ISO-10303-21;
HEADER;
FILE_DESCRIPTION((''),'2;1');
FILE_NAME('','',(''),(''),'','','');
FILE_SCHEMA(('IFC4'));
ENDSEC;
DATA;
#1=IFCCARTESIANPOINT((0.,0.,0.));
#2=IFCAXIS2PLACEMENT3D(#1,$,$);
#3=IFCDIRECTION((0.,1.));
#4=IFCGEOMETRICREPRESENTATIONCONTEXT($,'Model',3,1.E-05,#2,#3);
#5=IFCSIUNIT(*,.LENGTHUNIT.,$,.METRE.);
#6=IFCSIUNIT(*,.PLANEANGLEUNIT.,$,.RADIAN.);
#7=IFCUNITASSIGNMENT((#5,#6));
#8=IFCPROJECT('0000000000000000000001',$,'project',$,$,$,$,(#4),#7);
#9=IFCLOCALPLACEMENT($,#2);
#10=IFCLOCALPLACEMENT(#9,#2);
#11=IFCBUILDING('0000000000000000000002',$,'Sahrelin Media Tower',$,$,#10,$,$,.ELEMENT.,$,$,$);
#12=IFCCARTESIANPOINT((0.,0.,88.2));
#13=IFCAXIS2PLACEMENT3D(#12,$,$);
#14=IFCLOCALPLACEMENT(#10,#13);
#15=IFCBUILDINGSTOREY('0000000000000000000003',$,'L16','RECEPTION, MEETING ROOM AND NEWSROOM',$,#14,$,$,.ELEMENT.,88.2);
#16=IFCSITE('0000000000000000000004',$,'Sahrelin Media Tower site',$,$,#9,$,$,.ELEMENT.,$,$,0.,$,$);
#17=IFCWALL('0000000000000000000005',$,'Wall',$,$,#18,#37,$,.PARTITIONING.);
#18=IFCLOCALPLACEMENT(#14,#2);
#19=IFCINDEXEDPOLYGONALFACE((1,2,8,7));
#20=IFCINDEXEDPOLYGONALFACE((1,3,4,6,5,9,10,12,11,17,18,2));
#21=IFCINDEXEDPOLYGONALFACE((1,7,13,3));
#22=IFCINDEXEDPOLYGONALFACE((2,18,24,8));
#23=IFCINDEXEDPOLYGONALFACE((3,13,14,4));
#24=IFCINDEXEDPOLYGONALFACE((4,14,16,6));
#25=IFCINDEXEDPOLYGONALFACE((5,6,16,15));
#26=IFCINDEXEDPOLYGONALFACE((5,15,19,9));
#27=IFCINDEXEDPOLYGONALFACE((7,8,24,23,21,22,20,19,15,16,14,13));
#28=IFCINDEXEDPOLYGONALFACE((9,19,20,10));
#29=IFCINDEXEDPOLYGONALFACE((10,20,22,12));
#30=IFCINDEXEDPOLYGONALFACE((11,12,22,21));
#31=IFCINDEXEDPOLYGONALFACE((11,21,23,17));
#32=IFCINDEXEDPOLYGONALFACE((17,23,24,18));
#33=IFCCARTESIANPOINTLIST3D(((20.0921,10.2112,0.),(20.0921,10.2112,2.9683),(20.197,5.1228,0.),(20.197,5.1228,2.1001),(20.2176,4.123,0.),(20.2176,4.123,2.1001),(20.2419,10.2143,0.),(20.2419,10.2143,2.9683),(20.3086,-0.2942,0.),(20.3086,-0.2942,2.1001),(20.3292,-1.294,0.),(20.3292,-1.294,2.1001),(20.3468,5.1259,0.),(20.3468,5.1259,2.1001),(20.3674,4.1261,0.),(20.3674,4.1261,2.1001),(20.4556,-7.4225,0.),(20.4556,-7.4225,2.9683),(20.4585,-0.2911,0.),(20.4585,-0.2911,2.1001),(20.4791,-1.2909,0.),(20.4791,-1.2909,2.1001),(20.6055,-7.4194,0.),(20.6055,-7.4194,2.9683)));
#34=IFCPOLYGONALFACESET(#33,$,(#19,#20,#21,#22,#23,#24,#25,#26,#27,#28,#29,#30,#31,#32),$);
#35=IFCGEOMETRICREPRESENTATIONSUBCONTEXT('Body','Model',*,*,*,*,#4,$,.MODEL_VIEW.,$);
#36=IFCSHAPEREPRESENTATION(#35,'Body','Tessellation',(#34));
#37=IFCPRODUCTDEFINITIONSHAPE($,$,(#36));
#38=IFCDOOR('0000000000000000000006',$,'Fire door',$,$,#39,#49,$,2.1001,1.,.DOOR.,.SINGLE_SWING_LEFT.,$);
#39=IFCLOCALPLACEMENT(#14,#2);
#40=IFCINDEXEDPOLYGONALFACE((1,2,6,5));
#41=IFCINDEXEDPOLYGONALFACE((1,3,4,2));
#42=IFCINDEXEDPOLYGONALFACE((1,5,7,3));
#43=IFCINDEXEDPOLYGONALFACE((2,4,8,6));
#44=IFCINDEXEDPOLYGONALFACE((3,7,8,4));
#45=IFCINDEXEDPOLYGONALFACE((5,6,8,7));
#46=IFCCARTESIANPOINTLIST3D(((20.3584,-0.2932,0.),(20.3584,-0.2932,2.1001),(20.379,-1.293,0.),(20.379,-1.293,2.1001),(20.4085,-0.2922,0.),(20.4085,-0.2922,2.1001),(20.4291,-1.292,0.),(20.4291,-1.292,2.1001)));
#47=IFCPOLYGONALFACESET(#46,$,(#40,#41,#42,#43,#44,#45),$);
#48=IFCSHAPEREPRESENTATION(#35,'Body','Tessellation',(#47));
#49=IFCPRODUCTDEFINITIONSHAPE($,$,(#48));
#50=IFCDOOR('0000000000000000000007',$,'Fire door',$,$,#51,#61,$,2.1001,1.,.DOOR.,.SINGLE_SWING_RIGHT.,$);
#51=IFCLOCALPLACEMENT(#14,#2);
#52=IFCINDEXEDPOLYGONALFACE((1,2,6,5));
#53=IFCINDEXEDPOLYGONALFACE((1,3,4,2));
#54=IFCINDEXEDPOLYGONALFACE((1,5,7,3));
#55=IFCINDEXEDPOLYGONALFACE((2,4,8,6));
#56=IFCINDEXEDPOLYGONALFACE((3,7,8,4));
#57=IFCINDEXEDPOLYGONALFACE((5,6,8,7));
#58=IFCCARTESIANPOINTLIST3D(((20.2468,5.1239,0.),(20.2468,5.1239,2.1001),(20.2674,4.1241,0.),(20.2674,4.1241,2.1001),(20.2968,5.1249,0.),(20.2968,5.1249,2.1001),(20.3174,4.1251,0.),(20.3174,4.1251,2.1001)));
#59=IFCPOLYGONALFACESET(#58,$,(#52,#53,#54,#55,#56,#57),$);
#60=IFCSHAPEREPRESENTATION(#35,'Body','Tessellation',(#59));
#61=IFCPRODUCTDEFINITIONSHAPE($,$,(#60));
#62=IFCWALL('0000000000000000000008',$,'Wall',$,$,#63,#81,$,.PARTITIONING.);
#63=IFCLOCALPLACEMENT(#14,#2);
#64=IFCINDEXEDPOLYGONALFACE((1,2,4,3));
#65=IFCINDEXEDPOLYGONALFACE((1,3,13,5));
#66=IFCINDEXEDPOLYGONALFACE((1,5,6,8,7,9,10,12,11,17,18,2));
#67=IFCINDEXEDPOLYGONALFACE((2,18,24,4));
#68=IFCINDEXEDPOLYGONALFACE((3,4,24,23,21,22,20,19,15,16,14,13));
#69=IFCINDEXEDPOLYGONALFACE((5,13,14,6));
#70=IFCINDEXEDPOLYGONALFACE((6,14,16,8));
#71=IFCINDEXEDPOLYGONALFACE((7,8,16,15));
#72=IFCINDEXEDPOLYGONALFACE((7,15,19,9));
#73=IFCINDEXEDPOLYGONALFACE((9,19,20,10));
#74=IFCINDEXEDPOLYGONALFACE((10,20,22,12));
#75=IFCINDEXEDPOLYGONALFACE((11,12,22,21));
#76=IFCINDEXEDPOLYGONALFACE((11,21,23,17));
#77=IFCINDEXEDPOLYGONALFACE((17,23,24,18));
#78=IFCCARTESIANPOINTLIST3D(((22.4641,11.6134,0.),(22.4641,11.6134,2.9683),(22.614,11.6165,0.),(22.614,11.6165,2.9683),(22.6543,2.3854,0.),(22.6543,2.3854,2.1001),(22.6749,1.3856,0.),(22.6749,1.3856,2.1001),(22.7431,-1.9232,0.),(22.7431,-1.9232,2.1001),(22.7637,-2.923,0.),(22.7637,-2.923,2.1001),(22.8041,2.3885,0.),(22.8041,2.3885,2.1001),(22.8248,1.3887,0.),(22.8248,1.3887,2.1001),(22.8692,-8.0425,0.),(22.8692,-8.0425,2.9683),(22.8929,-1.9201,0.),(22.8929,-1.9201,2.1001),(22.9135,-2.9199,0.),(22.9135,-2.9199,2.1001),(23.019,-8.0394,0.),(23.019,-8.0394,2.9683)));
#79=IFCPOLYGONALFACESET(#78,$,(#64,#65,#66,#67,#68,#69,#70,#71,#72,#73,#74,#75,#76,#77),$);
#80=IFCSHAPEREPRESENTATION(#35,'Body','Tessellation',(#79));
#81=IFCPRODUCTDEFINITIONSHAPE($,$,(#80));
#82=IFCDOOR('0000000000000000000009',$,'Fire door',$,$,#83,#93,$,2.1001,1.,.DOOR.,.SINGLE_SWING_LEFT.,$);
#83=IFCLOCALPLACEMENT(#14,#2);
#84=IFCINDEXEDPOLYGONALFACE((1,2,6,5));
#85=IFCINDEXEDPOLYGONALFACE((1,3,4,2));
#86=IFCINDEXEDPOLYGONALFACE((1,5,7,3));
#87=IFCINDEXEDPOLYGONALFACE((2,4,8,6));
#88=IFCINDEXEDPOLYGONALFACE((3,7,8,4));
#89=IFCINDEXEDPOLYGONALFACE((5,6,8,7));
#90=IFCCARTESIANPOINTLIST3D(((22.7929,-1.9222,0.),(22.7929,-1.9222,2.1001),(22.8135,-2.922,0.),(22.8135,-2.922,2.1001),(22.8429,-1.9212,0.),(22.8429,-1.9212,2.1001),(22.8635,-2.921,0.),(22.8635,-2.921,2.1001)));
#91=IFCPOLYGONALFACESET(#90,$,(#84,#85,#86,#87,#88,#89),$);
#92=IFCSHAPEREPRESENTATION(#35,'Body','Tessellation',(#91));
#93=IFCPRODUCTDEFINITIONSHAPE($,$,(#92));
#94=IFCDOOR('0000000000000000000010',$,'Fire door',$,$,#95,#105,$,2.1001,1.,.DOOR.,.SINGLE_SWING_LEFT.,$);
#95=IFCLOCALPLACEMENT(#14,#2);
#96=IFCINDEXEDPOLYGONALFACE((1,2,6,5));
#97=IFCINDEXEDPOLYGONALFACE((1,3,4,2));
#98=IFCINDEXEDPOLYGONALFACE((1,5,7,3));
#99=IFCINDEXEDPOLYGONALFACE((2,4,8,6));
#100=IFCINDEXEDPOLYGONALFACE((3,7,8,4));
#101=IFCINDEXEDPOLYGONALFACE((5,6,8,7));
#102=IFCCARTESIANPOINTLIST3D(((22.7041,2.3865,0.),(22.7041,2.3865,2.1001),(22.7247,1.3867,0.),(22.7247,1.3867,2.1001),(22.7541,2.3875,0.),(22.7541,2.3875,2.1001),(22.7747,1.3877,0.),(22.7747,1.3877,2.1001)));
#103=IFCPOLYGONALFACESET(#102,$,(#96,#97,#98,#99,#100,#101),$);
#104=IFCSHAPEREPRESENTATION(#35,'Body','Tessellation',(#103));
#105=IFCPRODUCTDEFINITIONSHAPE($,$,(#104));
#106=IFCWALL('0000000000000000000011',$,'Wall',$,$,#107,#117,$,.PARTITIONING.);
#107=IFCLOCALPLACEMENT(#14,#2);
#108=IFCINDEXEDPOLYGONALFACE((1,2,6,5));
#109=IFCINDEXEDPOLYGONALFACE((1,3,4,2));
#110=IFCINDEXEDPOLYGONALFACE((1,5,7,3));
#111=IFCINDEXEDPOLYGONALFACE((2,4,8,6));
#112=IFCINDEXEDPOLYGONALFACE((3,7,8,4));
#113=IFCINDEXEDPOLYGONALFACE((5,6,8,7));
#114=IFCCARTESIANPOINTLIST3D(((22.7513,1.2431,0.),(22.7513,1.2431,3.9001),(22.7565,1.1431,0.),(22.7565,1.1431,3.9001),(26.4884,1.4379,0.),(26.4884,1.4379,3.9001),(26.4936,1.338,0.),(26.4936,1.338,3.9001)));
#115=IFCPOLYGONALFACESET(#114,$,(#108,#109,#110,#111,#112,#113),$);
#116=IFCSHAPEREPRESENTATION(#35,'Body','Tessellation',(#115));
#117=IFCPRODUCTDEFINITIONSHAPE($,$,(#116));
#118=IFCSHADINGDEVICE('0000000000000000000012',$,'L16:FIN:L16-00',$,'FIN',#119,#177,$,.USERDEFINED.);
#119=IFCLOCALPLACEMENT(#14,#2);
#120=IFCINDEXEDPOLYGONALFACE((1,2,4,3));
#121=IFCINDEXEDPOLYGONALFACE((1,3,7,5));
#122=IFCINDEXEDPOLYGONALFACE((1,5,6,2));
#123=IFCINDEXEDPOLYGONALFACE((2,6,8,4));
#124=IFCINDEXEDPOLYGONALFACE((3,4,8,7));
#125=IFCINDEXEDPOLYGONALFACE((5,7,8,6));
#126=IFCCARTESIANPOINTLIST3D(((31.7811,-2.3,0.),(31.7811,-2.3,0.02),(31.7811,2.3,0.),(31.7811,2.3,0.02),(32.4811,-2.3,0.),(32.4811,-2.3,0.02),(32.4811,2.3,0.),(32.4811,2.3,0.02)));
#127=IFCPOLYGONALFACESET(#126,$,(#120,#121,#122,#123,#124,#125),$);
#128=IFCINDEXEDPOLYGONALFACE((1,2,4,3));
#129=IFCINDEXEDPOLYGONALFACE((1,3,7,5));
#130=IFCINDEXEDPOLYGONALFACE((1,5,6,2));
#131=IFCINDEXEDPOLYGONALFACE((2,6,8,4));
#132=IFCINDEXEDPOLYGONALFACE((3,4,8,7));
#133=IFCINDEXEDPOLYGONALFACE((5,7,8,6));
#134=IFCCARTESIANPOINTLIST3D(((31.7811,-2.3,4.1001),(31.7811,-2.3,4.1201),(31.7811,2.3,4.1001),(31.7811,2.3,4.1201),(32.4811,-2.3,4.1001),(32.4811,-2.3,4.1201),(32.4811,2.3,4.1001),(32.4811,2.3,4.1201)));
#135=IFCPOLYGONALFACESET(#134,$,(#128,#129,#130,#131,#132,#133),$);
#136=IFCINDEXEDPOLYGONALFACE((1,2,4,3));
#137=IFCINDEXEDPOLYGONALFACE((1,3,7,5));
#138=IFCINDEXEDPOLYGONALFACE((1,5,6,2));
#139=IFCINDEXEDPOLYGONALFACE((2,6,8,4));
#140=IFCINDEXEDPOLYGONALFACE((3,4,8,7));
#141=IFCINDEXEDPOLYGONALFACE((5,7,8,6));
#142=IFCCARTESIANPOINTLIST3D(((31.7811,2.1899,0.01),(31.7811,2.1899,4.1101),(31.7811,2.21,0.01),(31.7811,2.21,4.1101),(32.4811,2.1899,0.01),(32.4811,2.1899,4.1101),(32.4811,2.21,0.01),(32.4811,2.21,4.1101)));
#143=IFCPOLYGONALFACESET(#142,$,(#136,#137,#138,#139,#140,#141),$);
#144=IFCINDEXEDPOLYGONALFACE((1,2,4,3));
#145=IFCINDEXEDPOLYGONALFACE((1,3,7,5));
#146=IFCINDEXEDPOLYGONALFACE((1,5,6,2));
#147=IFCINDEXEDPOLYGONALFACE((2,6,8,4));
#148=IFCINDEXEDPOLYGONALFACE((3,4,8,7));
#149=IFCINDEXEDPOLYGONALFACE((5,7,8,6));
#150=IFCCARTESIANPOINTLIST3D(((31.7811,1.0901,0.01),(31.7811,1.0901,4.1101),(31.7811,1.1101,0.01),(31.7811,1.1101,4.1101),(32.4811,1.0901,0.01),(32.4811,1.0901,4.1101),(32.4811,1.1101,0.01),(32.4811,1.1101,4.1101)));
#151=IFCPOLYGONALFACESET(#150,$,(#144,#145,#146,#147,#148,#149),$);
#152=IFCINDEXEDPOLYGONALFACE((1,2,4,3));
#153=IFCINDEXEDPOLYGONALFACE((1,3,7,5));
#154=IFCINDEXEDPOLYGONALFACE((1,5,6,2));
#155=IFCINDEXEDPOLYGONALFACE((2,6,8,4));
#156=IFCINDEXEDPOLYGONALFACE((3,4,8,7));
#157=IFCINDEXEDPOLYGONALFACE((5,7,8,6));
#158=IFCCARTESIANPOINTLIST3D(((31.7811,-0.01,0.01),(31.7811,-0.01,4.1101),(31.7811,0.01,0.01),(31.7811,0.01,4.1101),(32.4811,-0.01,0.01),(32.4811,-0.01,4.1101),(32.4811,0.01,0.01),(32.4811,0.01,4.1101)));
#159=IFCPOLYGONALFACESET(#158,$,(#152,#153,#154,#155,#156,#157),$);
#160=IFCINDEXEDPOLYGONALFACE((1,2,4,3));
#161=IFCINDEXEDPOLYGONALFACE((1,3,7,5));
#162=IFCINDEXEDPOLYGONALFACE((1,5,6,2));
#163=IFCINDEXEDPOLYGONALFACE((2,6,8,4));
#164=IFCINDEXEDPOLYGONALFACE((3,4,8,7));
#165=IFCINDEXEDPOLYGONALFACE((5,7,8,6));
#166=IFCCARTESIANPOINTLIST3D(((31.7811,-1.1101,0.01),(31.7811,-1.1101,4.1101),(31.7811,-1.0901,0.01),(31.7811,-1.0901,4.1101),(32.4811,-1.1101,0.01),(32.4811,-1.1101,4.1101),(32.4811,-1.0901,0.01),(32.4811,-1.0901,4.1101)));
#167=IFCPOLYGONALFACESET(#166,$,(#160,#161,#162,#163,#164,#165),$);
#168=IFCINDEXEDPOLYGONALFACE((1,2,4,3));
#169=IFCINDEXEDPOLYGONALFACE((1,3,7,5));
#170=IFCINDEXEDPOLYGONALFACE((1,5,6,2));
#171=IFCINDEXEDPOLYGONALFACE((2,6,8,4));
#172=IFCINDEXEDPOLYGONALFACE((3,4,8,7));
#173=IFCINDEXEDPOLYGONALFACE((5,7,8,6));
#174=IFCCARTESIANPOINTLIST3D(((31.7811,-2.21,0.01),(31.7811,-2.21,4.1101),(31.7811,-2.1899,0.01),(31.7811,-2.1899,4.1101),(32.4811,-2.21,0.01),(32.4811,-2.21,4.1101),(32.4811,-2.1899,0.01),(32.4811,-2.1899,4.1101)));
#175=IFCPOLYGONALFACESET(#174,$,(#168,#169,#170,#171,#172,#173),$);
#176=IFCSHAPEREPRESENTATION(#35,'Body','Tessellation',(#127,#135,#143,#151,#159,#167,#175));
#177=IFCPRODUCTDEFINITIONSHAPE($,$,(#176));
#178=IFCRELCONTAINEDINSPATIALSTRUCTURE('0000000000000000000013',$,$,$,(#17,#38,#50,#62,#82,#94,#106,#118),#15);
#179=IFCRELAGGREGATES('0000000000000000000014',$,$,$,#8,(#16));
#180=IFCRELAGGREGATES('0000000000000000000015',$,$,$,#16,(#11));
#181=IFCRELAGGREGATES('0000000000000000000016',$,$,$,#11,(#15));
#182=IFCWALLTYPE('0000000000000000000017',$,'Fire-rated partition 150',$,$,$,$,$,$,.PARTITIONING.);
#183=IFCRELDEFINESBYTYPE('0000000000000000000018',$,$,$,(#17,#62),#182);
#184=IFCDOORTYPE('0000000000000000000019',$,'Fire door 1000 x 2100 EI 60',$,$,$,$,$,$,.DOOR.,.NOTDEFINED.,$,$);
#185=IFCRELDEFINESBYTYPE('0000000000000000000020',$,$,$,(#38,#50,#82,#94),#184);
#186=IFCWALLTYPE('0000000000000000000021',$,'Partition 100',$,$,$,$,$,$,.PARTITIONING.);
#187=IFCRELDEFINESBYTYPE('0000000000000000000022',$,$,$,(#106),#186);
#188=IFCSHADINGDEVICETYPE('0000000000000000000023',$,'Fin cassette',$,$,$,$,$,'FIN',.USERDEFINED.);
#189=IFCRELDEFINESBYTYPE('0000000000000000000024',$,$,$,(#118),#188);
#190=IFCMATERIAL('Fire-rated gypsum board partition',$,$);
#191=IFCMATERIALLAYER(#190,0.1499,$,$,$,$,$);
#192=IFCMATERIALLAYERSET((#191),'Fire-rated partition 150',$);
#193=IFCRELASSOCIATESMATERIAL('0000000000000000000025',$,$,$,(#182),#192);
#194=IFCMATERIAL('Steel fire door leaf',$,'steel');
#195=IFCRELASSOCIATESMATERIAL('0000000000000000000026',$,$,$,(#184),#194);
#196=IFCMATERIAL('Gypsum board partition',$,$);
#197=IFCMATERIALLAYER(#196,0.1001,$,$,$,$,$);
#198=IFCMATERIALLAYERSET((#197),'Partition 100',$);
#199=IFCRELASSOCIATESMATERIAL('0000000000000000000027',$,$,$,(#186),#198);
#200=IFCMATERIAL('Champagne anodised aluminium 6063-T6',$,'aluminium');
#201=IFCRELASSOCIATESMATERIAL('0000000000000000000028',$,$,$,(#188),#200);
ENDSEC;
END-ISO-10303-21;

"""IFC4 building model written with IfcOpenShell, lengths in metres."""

from ifc_helpers import new_model, si_unit, direction, frame, frame_2d, origin, origin_2d, place, context, subcontext, project, spatial, rectangle, extrude, material, layer, layer_set, type_object, element, fill, save


model = new_model("IFC4")

# Units and contexts
model_context = context("Model", 3, precision=1e-05, world=origin(), true_north=direction((0.0, 1.0)))
body_context = subcontext(model_context, "Body", "Model", "MODEL_VIEW")
ifc_project = project(units=[si_unit("LENGTHUNIT", "METRE"), si_unit("PLANEANGLEUNIT", "RADIAN")], contexts=[model_context])

# Site, building, storey
site_placement = place(None, origin())
site = spatial("IfcSite", under=ifc_project, at=site_placement, Name="Sahrelin Media Tower site", CompositionType="ELEMENT", RefElevation=0.0)
building_placement = place(site_placement, origin())
building = spatial("IfcBuilding", under=site, at=building_placement, Name="Sahrelin Media Tower", CompositionType="ELEMENT")
storey_placement = place(building_placement, frame((0.0, 0.0, 88.2)))
storey = spatial("IfcBuildingStorey", under=building, at=storey_placement, Name="L16", Description="RECEPTION, MEETING ROOM AND NEWSROOM", CompositionType="ELEMENT", Elevation=88.2)

# Shared definitions
ifc_material_1 = material(Name="Champagne anodised aluminium 6063-T6", Category="aluminium")

# Walls, openings, doors
ifc_material_2 = material(Name="Fire-rated gypsum board partition")
ifc_layer_1 = layer(ifc_material_2, 0.1499)
ifc_layer_set_1 = layer_set([ifc_layer_1], Name="Fire-rated partition 150")
wall_type_1 = type_object("IfcWallType", Name="Fire-rated partition 150", PredefinedType="PARTITIONING", material=ifc_layer_set_1)
wall_1_placement = place(storey_placement, frame((20.167, 10.2129, 0.0), z_axis=(0.0, 0.0, 1.0), x_axis=(0.020611, -0.999788, 0.0)))
wall_1 = element("IfcWall", 1, at=wall_1_placement, inside=storey, type_object=wall_type_1, Name="Wall", PredefinedType="PARTITIONING", context=body_context, shape_type="SweptSolid", body=[
    extrude(rectangle(XDim=17.6375, YDim=0.1499, at=frame_2d((8.8188, 0.0))), origin(), (0.0, 0.0, 1.0), 2.9683),
])
opening_1_placement = place(wall_1_placement, frame((10.5078, 0.0, 0.0)))
opening_1 = element("IfcOpeningElement", 2, at=opening_1_placement, cuts=wall_1, PredefinedType="OPENING", context=body_context, shape_type="SweptSolid", body=[
    extrude(rectangle(XDim=1.0, YDim=2.1001, at=frame_2d((0.5, 1.05))), frame((0.0, 0.075, 0.0), z_axis=(0.0, -1.0, 0.0), x_axis=(1.0, 0.0, 0.0)), (0.0, 0.0, 1.0), 0.1499),
])
opening_2_placement = place(wall_1_placement, frame((5.0896, 0.0, 0.0)))
opening_2 = element("IfcOpeningElement", 3, at=opening_2_placement, cuts=wall_1, PredefinedType="OPENING", context=body_context, shape_type="SweptSolid", body=[
    extrude(rectangle(XDim=1.0, YDim=2.1001, at=frame_2d((0.5, 1.05))), frame((0.0, 0.075, 0.0), z_axis=(0.0, -1.0, 0.0), x_axis=(1.0, 0.0, 0.0)), (0.0, 0.0, 1.0), 0.1499),
])
ifc_material_3 = material(Name="Steel fire door leaf", Category="steel")
door_type = type_object("IfcDoorType", Name="Fire door 1000 x 2100 EI 60", OperationType="NOTDEFINED", PredefinedType="DOOR", material=ifc_material_3)
door_1_placement = place(opening_1_placement, origin())
door_1 = element("IfcDoor", 4, at=door_1_placement, inside=storey, type_object=door_type, Name="Fire door", OperationType="SINGLE_SWING_LEFT", OverallHeight=2.1001, OverallWidth=1.0, PredefinedType="DOOR", context=body_context, shape_type="SweptSolid", body=[
    extrude(rectangle(XDim=1.0, YDim=2.1001, at=frame_2d((0.5, 1.05))), frame((0.0, 0.0249, 0.0), z_axis=(0.0, -1.0, 0.0), x_axis=(1.0, 0.0, 0.0)), (0.0, 0.0, 1.0), 0.05),
])
fill(opening_1, door_1)
door_2_placement = place(opening_2_placement, origin())
door_2 = element("IfcDoor", 5, at=door_2_placement, inside=storey, type_object=door_type, Name="Fire door", OperationType="SINGLE_SWING_RIGHT", OverallHeight=2.1001, OverallWidth=1.0, PredefinedType="DOOR", context=body_context, shape_type="SweptSolid", body=[
    extrude(rectangle(XDim=1.0, YDim=2.1001, at=frame_2d((0.5, 1.05))), frame((0.0, 0.0249, 0.0), z_axis=(0.0, -1.0, 0.0), x_axis=(1.0, 0.0, 0.0)), (0.0, 0.0, 1.0), 0.05),
])
fill(opening_2, door_2)
wall_2_placement = place(storey_placement, frame((22.5391, 11.615, 0.0), z_axis=(0.0, 0.0, 1.0), x_axis=(0.020602, -0.999788, 0.0)))
wall_2 = element("IfcWall", 6, at=wall_2_placement, inside=storey, type_object=wall_type_1, Name="Wall", PredefinedType="PARTITIONING", context=body_context, shape_type="SweptSolid", body=[
    extrude(rectangle(XDim=19.6602, YDim=0.1499, at=frame_2d((9.8301, 0.0))), origin(), (0.0, 0.0, 1.0), 2.9683),
])
opening_3_placement = place(wall_2_placement, frame((13.5396, 0.0, 0.0)))
opening_3 = element("IfcOpeningElement", 7, at=opening_3_placement, cuts=wall_2, PredefinedType="OPENING", context=body_context, shape_type="SweptSolid", body=[
    extrude(rectangle(XDim=1.0, YDim=2.1001, at=frame_2d((0.5, 1.05))), frame((0.0, 0.075, 0.0), z_axis=(0.0, -1.0, 0.0), x_axis=(1.0, 0.0, 0.0)), (0.0, 0.0, 1.0), 0.1499),
])
opening_4_placement = place(wall_2_placement, frame((9.23, 0.0, 0.0)))
opening_4 = element("IfcOpeningElement", 8, at=opening_4_placement, cuts=wall_2, PredefinedType="OPENING", context=body_context, shape_type="SweptSolid", body=[
    extrude(rectangle(XDim=1.0, YDim=2.1001, at=frame_2d((0.5, 1.05))), frame((0.0, 0.075, 0.0), z_axis=(0.0, -1.0, 0.0), x_axis=(1.0, 0.0, 0.0)), (0.0, 0.0, 1.0), 0.1499),
])
door_3_placement = place(opening_3_placement, origin())
door_3 = element("IfcDoor", 9, at=door_3_placement, inside=storey, type_object=door_type, Name="Fire door", OperationType="SINGLE_SWING_LEFT", OverallHeight=2.1001, OverallWidth=1.0, PredefinedType="DOOR", context=body_context, shape_type="SweptSolid", body=[
    extrude(rectangle(XDim=1.0, YDim=2.1001, at=frame_2d((0.5, 1.05))), frame((0.0, 0.0249, 0.0), z_axis=(0.0, -1.0, 0.0), x_axis=(1.0, 0.0, 0.0)), (0.0, 0.0, 1.0), 0.05),
])
fill(opening_3, door_3)
door_4_placement = place(opening_4_placement, origin())
door_4 = element("IfcDoor", 10, at=door_4_placement, inside=storey, type_object=door_type, Name="Fire door", OperationType="SINGLE_SWING_LEFT", OverallHeight=2.1001, OverallWidth=1.0, PredefinedType="DOOR", context=body_context, shape_type="SweptSolid", body=[
    extrude(rectangle(XDim=1.0, YDim=2.1001, at=frame_2d((0.5, 1.05))), frame((0.0, 0.0249, 0.0), z_axis=(0.0, -1.0, 0.0), x_axis=(1.0, 0.0, 0.0)), (0.0, 0.0, 1.0), 0.05),
])
fill(opening_4, door_4)

# Wall
ifc_material_4 = material(Name="Gypsum board partition")
ifc_layer_2 = layer(ifc_material_4, 0.1001)
ifc_layer_set_2 = layer_set([ifc_layer_2], Name="Partition 100")
wall_type_2 = type_object("IfcWallType", Name="Partition 100", PredefinedType="PARTITIONING", material=ifc_layer_set_2)
wall_3_placement = place(storey_placement, frame((22.7539, 1.1931, 0.0), z_axis=(0.0, 0.0, 1.0), x_axis=(0.998644, 0.052062, 0.0)))
element("IfcWall", 11, at=wall_3_placement, inside=storey, type_object=wall_type_2, Name="Wall", PredefinedType="PARTITIONING", context=body_context, shape_type="SweptSolid", body=[
    extrude(rectangle(XDim=3.7422, YDim=0.1001, at=frame_2d((1.8711, 0.0))), origin(), (0.0, 0.0, 1.0), 3.9001),
])

# Shading device
shading_device_type_1 = type_object("IfcShadingDeviceType", Name="Fin cassette", ElementType="FIN", PredefinedType="USERDEFINED", material=ifc_material_1)
placement_1 = place(storey_placement, frame((31.7112, 0.0, 0.0), z_axis=(0.0, 0.0, 1.0), x_axis=(0.0, -1.0, 0.0)))
element("IfcShadingDevice", 12, at=placement_1, inside=storey, type_object=shading_device_type_1, Name="L16:FIN:L16-00", ObjectType="FIN", PredefinedType="USERDEFINED", context=body_context, shape_type="SweptSolid", body=[
    extrude(rectangle(XDim=4.6001, YDim=0.7, at=origin_2d()), frame((0.0, 0.4199, 0.0)), (0.0, 0.0, 1.0), 0.02),
    extrude(rectangle(XDim=4.6001, YDim=0.7, at=origin_2d()), frame((0.0, 0.4199, 4.1001)), (0.0, 0.0, 1.0), 0.02),
    extrude(rectangle(XDim=0.02, YDim=0.7, at=origin_2d()), frame((-2.2, 0.4199, 0.01), z_axis=(0.0, 0.0, 1.0), x_axis=(1.0, 0.0, 0.0)), (0.0, 0.0, 1.0), 4.1001),
    extrude(rectangle(XDim=0.02, YDim=0.7, at=origin_2d()), frame((-1.1001, 0.4199, 0.01), z_axis=(0.0, 0.0, 1.0), x_axis=(1.0, 0.0, 0.0)), (0.0, 0.0, 1.0), 4.1001),
    extrude(rectangle(XDim=0.02, YDim=0.7, at=origin_2d()), frame((0.0, 0.4199, 0.01), z_axis=(0.0, 0.0, 1.0), x_axis=(1.0, 0.0, 0.0)), (0.0, 0.0, 1.0), 4.1001),
    extrude(rectangle(XDim=0.02, YDim=0.7, at=origin_2d()), frame((1.1001, 0.4199, 0.01), z_axis=(0.0, 0.0, 1.0), x_axis=(1.0, 0.0, 0.0)), (0.0, 0.0, 1.0), 4.1001),
    extrude(rectangle(XDim=0.02, YDim=0.7, at=origin_2d()), frame((2.2, 0.4199, 0.01), z_axis=(0.0, 0.0, 1.0), x_axis=(1.0, 0.0, 0.0)), (0.0, 0.0, 1.0), 4.1001),
])

save(model, "model.ifc")
